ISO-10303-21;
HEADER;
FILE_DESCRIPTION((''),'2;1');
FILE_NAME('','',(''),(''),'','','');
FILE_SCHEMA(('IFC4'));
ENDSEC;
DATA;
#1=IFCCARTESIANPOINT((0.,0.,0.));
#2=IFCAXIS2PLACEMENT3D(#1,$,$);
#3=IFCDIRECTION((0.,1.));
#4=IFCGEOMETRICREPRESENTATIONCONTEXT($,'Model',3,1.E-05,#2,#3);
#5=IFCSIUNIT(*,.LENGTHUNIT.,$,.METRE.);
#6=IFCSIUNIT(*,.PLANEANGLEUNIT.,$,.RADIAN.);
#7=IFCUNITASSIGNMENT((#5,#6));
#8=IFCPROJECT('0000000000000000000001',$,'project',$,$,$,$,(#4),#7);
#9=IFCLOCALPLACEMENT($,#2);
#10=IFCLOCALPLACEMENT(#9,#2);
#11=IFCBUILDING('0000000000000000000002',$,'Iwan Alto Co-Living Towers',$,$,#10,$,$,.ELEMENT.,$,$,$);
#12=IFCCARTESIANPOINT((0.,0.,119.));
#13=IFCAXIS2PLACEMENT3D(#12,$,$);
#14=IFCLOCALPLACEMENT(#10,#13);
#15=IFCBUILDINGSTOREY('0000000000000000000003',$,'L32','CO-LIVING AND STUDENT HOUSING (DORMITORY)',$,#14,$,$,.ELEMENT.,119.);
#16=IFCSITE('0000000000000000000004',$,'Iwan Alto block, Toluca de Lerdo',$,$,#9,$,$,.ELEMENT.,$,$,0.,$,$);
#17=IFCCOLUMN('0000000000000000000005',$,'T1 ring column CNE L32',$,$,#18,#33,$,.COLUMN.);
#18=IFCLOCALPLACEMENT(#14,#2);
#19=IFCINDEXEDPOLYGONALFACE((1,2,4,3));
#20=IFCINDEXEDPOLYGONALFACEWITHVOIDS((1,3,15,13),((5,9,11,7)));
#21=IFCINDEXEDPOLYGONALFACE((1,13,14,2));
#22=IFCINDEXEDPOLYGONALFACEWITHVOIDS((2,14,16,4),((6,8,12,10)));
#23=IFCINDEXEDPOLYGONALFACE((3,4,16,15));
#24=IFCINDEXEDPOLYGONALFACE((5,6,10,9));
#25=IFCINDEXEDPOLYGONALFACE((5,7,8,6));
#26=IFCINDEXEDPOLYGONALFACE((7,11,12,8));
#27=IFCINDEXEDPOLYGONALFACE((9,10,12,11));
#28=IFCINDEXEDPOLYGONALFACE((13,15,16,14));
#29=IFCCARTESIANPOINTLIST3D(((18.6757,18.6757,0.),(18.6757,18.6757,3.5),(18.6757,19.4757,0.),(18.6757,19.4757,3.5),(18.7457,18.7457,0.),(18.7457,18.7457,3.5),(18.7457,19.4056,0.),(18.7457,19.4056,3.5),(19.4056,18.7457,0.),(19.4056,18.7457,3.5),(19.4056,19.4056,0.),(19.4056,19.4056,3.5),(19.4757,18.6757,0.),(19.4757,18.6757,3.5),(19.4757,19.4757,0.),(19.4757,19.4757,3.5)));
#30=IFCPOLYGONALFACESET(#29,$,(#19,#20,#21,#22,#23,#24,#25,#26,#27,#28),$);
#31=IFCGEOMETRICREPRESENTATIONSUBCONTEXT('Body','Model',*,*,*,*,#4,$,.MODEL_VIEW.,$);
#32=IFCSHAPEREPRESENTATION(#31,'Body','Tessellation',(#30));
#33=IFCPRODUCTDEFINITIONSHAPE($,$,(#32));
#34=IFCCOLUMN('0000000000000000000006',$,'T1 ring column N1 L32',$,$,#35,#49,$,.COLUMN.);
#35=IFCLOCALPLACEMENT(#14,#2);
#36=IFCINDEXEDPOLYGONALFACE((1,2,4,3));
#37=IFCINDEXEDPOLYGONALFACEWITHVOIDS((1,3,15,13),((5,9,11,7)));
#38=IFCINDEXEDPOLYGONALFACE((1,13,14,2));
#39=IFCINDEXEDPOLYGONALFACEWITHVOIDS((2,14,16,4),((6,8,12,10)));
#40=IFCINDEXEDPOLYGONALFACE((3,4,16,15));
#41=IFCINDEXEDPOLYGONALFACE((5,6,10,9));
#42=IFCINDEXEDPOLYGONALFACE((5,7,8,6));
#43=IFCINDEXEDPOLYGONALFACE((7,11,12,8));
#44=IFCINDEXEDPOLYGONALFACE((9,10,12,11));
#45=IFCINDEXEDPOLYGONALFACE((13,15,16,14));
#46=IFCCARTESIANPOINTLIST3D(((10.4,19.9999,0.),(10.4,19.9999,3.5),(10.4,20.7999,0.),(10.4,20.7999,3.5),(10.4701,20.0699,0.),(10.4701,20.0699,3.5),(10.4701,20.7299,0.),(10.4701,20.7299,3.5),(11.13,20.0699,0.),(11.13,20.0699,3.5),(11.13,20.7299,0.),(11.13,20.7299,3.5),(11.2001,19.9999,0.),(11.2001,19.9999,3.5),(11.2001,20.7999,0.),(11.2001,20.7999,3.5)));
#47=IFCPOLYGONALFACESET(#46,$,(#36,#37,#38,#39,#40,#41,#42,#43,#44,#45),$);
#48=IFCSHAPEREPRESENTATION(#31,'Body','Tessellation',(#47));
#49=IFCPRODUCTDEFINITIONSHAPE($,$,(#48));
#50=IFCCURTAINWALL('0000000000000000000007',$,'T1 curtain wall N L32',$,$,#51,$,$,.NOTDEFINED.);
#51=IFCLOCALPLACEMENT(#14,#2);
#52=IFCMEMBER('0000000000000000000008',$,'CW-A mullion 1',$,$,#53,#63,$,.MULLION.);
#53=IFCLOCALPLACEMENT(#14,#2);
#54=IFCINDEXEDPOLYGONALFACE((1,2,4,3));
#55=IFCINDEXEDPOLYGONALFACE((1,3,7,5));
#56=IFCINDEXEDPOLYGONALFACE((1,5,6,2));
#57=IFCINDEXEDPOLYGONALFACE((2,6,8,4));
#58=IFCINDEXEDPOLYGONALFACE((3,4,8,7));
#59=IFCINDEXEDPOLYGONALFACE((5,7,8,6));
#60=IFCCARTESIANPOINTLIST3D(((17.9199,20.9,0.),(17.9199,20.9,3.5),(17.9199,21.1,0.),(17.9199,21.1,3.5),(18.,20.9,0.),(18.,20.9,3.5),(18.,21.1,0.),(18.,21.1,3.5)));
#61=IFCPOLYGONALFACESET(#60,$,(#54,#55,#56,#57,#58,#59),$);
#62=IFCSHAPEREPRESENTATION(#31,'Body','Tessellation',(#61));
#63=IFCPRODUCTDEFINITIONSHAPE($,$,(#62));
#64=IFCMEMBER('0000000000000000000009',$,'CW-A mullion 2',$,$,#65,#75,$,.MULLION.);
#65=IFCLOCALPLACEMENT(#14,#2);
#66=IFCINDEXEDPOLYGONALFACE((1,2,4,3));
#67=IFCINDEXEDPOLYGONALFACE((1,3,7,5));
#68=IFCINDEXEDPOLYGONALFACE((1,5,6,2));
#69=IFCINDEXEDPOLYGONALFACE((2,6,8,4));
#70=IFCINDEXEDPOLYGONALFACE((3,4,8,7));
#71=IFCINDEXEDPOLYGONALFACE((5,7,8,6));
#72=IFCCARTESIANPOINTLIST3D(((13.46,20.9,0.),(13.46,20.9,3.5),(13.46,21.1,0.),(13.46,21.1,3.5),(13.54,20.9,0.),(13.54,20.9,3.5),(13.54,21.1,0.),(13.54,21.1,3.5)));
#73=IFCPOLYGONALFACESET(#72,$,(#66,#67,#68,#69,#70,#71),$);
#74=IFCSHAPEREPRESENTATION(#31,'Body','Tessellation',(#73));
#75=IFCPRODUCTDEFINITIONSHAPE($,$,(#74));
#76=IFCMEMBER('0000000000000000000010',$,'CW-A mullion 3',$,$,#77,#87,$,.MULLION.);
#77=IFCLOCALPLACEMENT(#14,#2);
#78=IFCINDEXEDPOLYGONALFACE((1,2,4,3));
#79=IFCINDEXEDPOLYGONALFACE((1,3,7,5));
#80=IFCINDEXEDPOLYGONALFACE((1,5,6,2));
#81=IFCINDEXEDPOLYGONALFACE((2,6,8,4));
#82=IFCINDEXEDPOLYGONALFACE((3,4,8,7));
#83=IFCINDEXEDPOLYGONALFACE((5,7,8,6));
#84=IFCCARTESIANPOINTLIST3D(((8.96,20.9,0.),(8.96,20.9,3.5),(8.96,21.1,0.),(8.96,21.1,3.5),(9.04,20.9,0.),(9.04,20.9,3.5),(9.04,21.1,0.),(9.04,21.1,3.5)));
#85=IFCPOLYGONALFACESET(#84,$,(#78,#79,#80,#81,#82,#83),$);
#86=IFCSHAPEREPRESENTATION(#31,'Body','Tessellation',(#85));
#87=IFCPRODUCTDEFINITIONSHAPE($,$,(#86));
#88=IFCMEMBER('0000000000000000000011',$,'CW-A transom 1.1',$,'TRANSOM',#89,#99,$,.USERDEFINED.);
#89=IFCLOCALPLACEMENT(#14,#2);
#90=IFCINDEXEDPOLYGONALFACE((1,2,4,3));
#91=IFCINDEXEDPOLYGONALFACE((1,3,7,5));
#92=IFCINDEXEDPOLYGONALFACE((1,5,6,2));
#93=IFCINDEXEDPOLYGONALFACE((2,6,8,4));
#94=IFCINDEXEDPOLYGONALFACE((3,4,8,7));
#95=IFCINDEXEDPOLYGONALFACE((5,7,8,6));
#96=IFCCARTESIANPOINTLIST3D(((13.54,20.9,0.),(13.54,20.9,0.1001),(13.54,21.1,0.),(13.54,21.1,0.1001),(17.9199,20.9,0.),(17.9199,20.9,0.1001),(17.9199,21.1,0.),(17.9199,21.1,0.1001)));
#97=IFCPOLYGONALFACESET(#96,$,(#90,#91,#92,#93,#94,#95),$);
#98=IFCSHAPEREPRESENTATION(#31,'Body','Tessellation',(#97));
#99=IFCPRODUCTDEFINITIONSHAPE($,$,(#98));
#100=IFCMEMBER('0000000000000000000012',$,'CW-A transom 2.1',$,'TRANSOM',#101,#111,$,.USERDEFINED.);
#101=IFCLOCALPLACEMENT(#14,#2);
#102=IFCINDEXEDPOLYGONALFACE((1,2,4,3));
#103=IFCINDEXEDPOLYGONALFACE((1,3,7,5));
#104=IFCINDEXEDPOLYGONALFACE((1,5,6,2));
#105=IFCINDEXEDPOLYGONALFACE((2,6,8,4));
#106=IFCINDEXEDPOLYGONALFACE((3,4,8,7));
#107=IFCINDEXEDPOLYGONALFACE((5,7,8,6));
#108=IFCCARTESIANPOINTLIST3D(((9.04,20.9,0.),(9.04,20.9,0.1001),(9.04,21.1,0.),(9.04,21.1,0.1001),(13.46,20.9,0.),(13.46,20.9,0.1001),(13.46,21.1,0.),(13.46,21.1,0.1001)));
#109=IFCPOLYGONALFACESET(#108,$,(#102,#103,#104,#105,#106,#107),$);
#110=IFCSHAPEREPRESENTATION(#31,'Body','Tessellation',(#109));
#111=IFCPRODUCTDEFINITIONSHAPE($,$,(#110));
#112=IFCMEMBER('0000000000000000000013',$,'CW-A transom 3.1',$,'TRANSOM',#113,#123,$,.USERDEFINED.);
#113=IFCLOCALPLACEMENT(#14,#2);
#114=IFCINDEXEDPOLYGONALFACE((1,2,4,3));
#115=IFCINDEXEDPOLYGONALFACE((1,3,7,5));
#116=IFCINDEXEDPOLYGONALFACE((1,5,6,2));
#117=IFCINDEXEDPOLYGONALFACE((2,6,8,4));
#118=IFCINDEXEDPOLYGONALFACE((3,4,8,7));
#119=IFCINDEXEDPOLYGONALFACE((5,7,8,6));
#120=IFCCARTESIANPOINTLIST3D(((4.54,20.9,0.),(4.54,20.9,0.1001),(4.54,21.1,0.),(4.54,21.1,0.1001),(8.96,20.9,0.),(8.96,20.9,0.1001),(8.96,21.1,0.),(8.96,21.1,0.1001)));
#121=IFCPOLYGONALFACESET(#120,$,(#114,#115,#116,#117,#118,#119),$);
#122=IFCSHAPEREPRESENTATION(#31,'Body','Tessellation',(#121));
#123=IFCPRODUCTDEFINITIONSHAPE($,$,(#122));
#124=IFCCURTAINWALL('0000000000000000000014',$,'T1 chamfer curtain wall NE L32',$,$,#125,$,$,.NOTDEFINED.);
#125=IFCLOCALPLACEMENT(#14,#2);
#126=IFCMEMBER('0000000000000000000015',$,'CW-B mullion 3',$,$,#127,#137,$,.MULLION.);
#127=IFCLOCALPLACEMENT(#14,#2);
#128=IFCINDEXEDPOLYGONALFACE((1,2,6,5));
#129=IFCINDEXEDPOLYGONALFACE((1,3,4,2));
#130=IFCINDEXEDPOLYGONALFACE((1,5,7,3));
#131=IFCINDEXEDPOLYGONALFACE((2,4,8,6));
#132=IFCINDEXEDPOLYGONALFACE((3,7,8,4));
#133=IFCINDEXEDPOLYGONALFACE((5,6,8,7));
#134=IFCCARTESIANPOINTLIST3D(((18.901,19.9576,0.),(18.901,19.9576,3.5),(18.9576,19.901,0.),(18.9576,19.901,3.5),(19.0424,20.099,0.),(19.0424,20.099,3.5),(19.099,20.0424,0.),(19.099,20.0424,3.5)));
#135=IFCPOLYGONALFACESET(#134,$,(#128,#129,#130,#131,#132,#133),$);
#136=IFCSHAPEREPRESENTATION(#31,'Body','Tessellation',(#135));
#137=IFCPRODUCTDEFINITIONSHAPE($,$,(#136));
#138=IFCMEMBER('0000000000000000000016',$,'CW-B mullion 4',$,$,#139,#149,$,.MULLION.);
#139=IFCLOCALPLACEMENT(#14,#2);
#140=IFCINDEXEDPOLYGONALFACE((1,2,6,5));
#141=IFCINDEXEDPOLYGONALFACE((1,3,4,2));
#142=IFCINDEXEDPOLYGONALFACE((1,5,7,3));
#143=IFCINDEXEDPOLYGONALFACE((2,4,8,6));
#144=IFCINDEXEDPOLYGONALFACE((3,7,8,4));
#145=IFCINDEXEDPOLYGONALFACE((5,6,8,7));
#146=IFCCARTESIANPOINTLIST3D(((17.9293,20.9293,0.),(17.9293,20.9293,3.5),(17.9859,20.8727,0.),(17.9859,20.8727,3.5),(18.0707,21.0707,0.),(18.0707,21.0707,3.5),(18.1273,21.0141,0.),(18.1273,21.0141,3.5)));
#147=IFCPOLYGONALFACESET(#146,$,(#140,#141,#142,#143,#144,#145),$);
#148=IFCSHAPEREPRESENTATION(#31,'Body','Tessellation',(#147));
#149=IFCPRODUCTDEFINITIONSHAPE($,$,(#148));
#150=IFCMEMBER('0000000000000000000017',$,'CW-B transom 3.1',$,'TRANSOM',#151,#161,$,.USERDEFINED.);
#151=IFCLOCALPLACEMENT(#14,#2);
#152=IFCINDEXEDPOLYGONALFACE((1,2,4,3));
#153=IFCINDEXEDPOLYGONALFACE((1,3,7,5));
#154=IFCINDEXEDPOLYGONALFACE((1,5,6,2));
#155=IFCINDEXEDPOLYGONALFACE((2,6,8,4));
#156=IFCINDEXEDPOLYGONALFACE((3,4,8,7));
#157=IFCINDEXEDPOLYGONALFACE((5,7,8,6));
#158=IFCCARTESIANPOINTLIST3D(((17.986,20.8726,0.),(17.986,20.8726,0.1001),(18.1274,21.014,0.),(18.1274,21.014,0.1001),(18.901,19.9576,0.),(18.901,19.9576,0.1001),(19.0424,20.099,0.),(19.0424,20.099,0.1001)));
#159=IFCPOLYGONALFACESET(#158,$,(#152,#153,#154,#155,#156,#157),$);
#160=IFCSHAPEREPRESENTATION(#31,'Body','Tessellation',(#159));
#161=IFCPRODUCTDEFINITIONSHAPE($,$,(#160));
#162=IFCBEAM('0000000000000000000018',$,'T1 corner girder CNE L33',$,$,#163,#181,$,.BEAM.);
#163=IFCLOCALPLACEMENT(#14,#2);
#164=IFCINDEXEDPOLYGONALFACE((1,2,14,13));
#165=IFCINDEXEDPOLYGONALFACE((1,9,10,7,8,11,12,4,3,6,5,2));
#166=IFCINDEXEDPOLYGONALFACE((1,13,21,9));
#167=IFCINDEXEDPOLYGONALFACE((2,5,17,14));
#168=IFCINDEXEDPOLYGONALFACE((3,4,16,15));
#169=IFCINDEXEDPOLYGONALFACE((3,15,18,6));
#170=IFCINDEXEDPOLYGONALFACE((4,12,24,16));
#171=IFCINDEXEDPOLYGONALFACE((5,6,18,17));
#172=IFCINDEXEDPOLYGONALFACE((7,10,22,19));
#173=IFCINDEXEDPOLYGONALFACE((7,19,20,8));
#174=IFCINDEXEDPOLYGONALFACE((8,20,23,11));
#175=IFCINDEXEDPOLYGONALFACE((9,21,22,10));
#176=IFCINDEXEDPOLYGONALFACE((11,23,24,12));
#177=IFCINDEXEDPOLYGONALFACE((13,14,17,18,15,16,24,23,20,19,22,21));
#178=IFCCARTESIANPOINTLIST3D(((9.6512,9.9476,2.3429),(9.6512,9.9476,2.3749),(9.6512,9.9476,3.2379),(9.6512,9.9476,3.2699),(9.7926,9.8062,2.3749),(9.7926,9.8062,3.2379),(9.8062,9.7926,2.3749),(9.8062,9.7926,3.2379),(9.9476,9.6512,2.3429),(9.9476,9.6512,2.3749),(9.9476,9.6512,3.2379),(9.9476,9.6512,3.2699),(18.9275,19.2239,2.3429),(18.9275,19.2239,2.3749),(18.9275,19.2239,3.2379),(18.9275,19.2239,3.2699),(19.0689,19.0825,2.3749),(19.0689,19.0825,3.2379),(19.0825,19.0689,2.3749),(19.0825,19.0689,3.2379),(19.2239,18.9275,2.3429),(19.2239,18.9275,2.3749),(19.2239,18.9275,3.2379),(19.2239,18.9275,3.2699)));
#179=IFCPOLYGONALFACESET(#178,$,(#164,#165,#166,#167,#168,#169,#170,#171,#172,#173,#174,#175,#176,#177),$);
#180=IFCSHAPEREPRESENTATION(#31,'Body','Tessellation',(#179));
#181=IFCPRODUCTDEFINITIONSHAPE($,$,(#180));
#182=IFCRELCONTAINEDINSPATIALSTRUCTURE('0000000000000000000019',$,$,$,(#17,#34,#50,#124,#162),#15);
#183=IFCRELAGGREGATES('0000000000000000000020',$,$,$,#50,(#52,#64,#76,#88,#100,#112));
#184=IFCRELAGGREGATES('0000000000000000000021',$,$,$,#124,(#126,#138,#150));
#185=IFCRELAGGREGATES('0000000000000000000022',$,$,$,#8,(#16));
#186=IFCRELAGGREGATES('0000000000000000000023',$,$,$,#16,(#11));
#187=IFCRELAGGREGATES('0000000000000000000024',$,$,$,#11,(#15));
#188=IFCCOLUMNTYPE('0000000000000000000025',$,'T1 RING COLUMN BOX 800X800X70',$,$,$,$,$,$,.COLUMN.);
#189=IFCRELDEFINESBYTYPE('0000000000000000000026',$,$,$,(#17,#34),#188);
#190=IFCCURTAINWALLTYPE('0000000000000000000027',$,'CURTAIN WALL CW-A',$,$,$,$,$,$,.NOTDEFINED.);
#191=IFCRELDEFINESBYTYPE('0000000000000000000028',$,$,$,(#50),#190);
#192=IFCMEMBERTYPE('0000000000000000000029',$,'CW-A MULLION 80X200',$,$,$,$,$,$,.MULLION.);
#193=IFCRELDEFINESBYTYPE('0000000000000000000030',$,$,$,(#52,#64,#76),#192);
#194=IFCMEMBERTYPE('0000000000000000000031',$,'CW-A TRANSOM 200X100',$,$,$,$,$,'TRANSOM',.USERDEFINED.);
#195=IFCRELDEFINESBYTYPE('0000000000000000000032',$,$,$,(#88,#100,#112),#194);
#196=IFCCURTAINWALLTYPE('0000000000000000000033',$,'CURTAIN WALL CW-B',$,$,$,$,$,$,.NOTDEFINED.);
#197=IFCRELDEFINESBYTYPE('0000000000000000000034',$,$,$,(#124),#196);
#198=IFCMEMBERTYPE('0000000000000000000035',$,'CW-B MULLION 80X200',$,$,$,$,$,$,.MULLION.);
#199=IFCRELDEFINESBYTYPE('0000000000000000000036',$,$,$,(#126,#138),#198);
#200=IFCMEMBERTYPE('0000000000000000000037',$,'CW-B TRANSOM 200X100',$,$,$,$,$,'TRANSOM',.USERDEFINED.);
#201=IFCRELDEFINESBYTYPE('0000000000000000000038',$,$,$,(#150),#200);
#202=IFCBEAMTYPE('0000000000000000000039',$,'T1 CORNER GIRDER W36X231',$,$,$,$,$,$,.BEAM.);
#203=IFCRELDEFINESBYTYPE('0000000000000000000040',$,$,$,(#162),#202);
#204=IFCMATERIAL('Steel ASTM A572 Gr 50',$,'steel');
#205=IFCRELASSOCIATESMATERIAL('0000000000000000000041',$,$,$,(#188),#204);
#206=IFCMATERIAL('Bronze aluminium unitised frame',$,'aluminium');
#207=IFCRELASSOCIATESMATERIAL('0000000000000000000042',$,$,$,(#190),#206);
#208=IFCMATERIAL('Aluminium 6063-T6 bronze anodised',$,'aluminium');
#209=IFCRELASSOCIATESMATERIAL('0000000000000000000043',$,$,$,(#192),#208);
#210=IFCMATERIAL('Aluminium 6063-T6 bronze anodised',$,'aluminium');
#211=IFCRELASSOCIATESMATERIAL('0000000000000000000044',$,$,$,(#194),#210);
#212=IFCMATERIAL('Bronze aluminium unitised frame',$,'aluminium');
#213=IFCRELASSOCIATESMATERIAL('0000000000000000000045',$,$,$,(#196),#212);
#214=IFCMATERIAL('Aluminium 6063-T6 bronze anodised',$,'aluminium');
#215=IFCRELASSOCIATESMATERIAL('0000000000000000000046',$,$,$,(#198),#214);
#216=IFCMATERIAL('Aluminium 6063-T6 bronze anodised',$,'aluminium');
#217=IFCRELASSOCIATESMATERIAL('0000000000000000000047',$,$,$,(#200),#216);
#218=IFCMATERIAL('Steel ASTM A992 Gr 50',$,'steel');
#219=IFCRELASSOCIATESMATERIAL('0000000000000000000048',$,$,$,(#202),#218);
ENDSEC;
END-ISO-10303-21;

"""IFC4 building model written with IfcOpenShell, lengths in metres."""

from ifc_helpers import new_model, si_unit, direction, frame, origin, origin_2d, place, context, subcontext, project, spatial, rectangle, hollow_rectangle, i_section, extrude, material, material_profile, profile_set, type_object, element, aggregate, save


model = new_model("IFC4")

# Units and contexts
model_context = context("Model", 3, precision=1e-05, world=origin(), true_north=direction((0.0, 1.0)))
body_context = subcontext(model_context, "Body", "Model", "MODEL_VIEW")
ifc_project = project(units=[si_unit("LENGTHUNIT", "METRE"), si_unit("PLANEANGLEUNIT", "RADIAN")], contexts=[model_context])

# Site, building, storey
site_placement = place(None, origin())
site = spatial("IfcSite", under=ifc_project, at=site_placement, Name="Iwan Alto block, Toluca de Lerdo", CompositionType="ELEMENT", RefElevation=0.0)
building_placement = place(site_placement, origin())
building = spatial("IfcBuilding", under=site, at=building_placement, Name="Iwan Alto Co-Living Towers", CompositionType="ELEMENT")
storey_placement = place(building_placement, frame((0.0, 0.0, 119.0)))
storey = spatial("IfcBuildingStorey", under=building, at=storey_placement, Name="L32", Description="CO-LIVING AND STUDENT HOUSING (DORMITORY)", CompositionType="ELEMENT", Elevation=119.0)

# Columns
ifc_material_1 = material(Name="Steel ASTM A572 Gr 50", Category="steel")
ifc_material_profile_1 = material_profile(ifc_material_1, hollow_rectangle(XDim=0.8, YDim=0.8, WallThickness=0.0701, at=origin_2d()), Name="BOX 800X800X70")
ifc_profile_set_1 = profile_set([ifc_material_profile_1], Name="Steel ASTM A572 Gr 50")
column_type = type_object("IfcColumnType", Name="T1 RING COLUMN BOX 800X800X70", PredefinedType="COLUMN", material=ifc_profile_set_1)
for number, where, z_axis, x_axis, name in (
    (1, (19.0757, 19.0757, 0.0), (0.0, 0.0, 1.0), (1.0, 0.0, 0.0), "T1 ring column CNE L32"),
    (2, (10.8, 20.3999, 0.0), (0.0, 0.0, 1.0), (1.0, 0.0, 0.0), "T1 ring column N1 L32"),
):
    element("IfcColumn", number, at=place(storey_placement, frame(where, z_axis=z_axis, x_axis=x_axis)), inside=storey, type_object=column_type, Name=name, PredefinedType="COLUMN", context=body_context, shape_type="SweptSolid", body=[
        extrude(hollow_rectangle(XDim=0.8, YDim=0.8, WallThickness=0.0701, at=origin_2d()), origin(), (0.0, 0.0, 1.0), 3.5),
    ])

# Curtain walls, members
ifc_material_2 = material(Name="Bronze aluminium unitised frame", Category="aluminium")
curtain_wall_type_1 = type_object("IfcCurtainWallType", Name="CURTAIN WALL CW-A", PredefinedType="NOTDEFINED", material=ifc_material_2)
curtain_wall_1_placement = place(storey_placement, origin())
curtain_wall_1 = element("IfcCurtainWall", 3, at=curtain_wall_1_placement, inside=storey, type_object=curtain_wall_type_1, Name="T1 curtain wall N L32", PredefinedType="NOTDEFINED")
ifc_material_3 = material(Name="Aluminium 6063-T6 bronze anodised", Category="aluminium")
ifc_material_profile_2 = material_profile(ifc_material_3, rectangle(XDim=0.2, YDim=0.0801, at=origin_2d()), Name="AL 80X200")
ifc_profile_set_2 = profile_set([ifc_material_profile_2], Name="Aluminium 6063-T6 bronze anodised")
member_type_1 = type_object("IfcMemberType", Name="CW-A MULLION 80X200", PredefinedType="MULLION", material=ifc_profile_set_2)
member_1_placement = place(storey_placement, frame((17.96, 21.0, 0.0), z_axis=(0.0, 0.0, 1.0), x_axis=(0.0, -1.0, 0.0)))
member_1 = element("IfcMember", 4, at=member_1_placement, type_object=member_type_1, Name="CW-A mullion 1", PredefinedType="MULLION", context=body_context, shape_type="SweptSolid", body=[
    extrude(rectangle(XDim=0.2, YDim=0.0801, at=origin_2d()), origin(), (0.0, 0.0, 1.0), 3.5),
])
member_2_placement = place(storey_placement, frame((13.5, 21.0, 0.0), z_axis=(0.0, 0.0, 1.0), x_axis=(0.0, -1.0, 0.0)))
member_2 = element("IfcMember", 5, at=member_2_placement, type_object=member_type_1, Name="CW-A mullion 2", PredefinedType="MULLION", context=body_context, shape_type="SweptSolid", body=[
    extrude(rectangle(XDim=0.2, YDim=0.0801, at=origin_2d()), origin(), (0.0, 0.0, 1.0), 3.5),
])
member_3_placement = place(storey_placement, frame((9.0, 21.0, 0.0), z_axis=(0.0, 0.0, 1.0), x_axis=(0.0, -1.0, 0.0)))
member_3 = element("IfcMember", 6, at=member_3_placement, type_object=member_type_1, Name="CW-A mullion 3", PredefinedType="MULLION", context=body_context, shape_type="SweptSolid", body=[
    extrude(rectangle(XDim=0.2, YDim=0.0801, at=origin_2d()), origin(), (0.0, 0.0, 1.0), 3.5),
])
ifc_material_4 = material(Name="Aluminium 6063-T6 bronze anodised", Category="aluminium")
ifc_material_profile_3 = material_profile(ifc_material_4, rectangle(XDim=0.2, YDim=0.1001, at=origin_2d()), Name="AL 200X100")
ifc_profile_set_3 = profile_set([ifc_material_profile_3], Name="Aluminium 6063-T6 bronze anodised")
member_type_2 = type_object("IfcMemberType", Name="CW-A TRANSOM 200X100", ElementType="TRANSOM", PredefinedType="USERDEFINED", material=ifc_profile_set_3)
member_4_placement = place(storey_placement, frame((17.9199, 21.0, 0.05), z_axis=(-1.0, 0.0, 0.0), x_axis=(0.0, -1.0, 0.0)))
member_4 = element("IfcMember", 7, at=member_4_placement, type_object=member_type_2, Name="CW-A transom 1.1", ObjectType="TRANSOM", PredefinedType="USERDEFINED", context=body_context, shape_type="SweptSolid", body=[
    extrude(rectangle(XDim=0.2, YDim=0.1001, at=origin_2d()), origin(), (0.0, 0.0, 1.0), 4.3799),
])
member_5_placement = place(storey_placement, frame((13.46, 21.0, 0.05), z_axis=(-1.0, 0.0, 0.0), x_axis=(0.0, -1.0, 0.0)))
member_5 = element("IfcMember", 8, at=member_5_placement, type_object=member_type_2, Name="CW-A transom 2.1", ObjectType="TRANSOM", PredefinedType="USERDEFINED", context=body_context, shape_type="SweptSolid", body=[
    extrude(rectangle(XDim=0.2, YDim=0.1001, at=origin_2d()), origin(), (0.0, 0.0, 1.0), 4.4199),
])
member_6_placement = place(storey_placement, frame((8.96, 21.0, 0.05), z_axis=(-1.0, 0.0, 0.0), x_axis=(0.0, -1.0, 0.0)))
member_6 = element("IfcMember", 9, at=member_6_placement, type_object=member_type_2, Name="CW-A transom 3.1", ObjectType="TRANSOM", PredefinedType="USERDEFINED", context=body_context, shape_type="SweptSolid", body=[
    extrude(rectangle(XDim=0.2, YDim=0.1001, at=origin_2d()), origin(), (0.0, 0.0, 1.0), 4.4199),
])
ifc_material_5 = material(Name="Bronze aluminium unitised frame", Category="aluminium")
curtain_wall_type_2 = type_object("IfcCurtainWallType", Name="CURTAIN WALL CW-B", PredefinedType="NOTDEFINED", material=ifc_material_5)
curtain_wall_2_placement = place(storey_placement, origin())
curtain_wall_2 = element("IfcCurtainWall", 10, at=curtain_wall_2_placement, inside=storey, type_object=curtain_wall_type_2, Name="T1 chamfer curtain wall NE L32", PredefinedType="NOTDEFINED")
ifc_material_6 = material(Name="Aluminium 6063-T6 bronze anodised", Category="aluminium")
ifc_material_profile_4 = material_profile(ifc_material_6, rectangle(XDim=0.2, YDim=0.0801, at=origin_2d()), Name="AL 80X200")
ifc_profile_set_4 = profile_set([ifc_material_profile_4], Name="Aluminium 6063-T6 bronze anodised")
member_type_3 = type_object("IfcMemberType", Name="CW-B MULLION 80X200", PredefinedType="MULLION", material=ifc_profile_set_4)
member_7_placement = place(storey_placement, frame((19.0, 20.0, 0.0), z_axis=(0.0, 0.0, 1.0), x_axis=(-0.707107, -0.707107, 0.0)))
member_7 = element("IfcMember", 11, at=member_7_placement, type_object=member_type_3, Name="CW-B mullion 3", PredefinedType="MULLION", context=body_context, shape_type="SweptSolid", body=[
    extrude(rectangle(XDim=0.2, YDim=0.0801, at=origin_2d()), origin(), (0.0, 0.0, 1.0), 3.5),
])
member_8_placement = place(storey_placement, frame((18.0283, 20.9717, 0.0), z_axis=(0.0, 0.0, 1.0), x_axis=(-0.707107, -0.707107, 0.0)))
member_8 = element("IfcMember", 12, at=member_8_placement, type_object=member_type_3, Name="CW-B mullion 4", PredefinedType="MULLION", context=body_context, shape_type="SweptSolid", body=[
    extrude(rectangle(XDim=0.2, YDim=0.0801, at=origin_2d()), origin(), (0.0, 0.0, 1.0), 3.5),
])
ifc_material_7 = material(Name="Aluminium 6063-T6 bronze anodised", Category="aluminium")
ifc_material_profile_5 = material_profile(ifc_material_7, rectangle(XDim=0.2, YDim=0.1001, at=origin_2d()), Name="AL 200X100")
ifc_profile_set_5 = profile_set([ifc_material_profile_5], Name="Aluminium 6063-T6 bronze anodised")
member_type_4 = type_object("IfcMemberType", Name="CW-B TRANSOM 200X100", ElementType="TRANSOM", PredefinedType="USERDEFINED", material=ifc_profile_set_5)
member_9_placement = place(storey_placement, frame((18.9717, 20.0283, 0.05), z_axis=(-0.707107, 0.707107, 0.0), x_axis=(-0.707107, -0.707107, 0.0)))
member_9 = element("IfcMember", 13, at=member_9_placement, type_object=member_type_4, Name="CW-B transom 3.1", ObjectType="TRANSOM", PredefinedType="USERDEFINED", context=body_context, shape_type="SweptSolid", body=[
    extrude(rectangle(XDim=0.2, YDim=0.1001, at=origin_2d()), origin(), (0.0, 0.0, 1.0), 1.2939),
])

# Beam
ifc_material_8 = material(Name="Steel ASTM A992 Gr 50", Category="steel")
ifc_material_profile_6 = material_profile(ifc_material_8, i_section(OverallWidth=0.4192, OverallDepth=0.927, WebThickness=0.0193, FlangeThickness=0.032, at=origin_2d()), Name="W36X231")
ifc_profile_set_6 = profile_set([ifc_material_profile_6], Name="Steel ASTM A992 Gr 50")
beam_type_1 = type_object("IfcBeamType", Name="T1 CORNER GIRDER W36X231", PredefinedType="BEAM", material=ifc_profile_set_6)
beam_1_placement = place(storey_placement, frame((19.0757, 19.0757, 2.8064), z_axis=(-0.707107, -0.707107, 0.0), x_axis=(0.707107, -0.707107, 0.0)))
element("IfcBeam", 14, at=beam_1_placement, inside=storey, type_object=beam_type_1, Name="T1 corner girder CNE L33", PredefinedType="BEAM", context=body_context, shape_type="SweptSolid", body=[
    extrude(i_section(OverallWidth=0.4192, OverallDepth=0.927, WebThickness=0.0193, FlangeThickness=0.032, at=origin_2d()), origin(), (0.0, 0.0, 1.0), 13.1187),
])

aggregate(curtain_wall_1, [member_1, member_2, member_3, member_4, member_5, member_6])
aggregate(curtain_wall_2, [member_7, member_8, member_9])

save(model, "model.ifc")
